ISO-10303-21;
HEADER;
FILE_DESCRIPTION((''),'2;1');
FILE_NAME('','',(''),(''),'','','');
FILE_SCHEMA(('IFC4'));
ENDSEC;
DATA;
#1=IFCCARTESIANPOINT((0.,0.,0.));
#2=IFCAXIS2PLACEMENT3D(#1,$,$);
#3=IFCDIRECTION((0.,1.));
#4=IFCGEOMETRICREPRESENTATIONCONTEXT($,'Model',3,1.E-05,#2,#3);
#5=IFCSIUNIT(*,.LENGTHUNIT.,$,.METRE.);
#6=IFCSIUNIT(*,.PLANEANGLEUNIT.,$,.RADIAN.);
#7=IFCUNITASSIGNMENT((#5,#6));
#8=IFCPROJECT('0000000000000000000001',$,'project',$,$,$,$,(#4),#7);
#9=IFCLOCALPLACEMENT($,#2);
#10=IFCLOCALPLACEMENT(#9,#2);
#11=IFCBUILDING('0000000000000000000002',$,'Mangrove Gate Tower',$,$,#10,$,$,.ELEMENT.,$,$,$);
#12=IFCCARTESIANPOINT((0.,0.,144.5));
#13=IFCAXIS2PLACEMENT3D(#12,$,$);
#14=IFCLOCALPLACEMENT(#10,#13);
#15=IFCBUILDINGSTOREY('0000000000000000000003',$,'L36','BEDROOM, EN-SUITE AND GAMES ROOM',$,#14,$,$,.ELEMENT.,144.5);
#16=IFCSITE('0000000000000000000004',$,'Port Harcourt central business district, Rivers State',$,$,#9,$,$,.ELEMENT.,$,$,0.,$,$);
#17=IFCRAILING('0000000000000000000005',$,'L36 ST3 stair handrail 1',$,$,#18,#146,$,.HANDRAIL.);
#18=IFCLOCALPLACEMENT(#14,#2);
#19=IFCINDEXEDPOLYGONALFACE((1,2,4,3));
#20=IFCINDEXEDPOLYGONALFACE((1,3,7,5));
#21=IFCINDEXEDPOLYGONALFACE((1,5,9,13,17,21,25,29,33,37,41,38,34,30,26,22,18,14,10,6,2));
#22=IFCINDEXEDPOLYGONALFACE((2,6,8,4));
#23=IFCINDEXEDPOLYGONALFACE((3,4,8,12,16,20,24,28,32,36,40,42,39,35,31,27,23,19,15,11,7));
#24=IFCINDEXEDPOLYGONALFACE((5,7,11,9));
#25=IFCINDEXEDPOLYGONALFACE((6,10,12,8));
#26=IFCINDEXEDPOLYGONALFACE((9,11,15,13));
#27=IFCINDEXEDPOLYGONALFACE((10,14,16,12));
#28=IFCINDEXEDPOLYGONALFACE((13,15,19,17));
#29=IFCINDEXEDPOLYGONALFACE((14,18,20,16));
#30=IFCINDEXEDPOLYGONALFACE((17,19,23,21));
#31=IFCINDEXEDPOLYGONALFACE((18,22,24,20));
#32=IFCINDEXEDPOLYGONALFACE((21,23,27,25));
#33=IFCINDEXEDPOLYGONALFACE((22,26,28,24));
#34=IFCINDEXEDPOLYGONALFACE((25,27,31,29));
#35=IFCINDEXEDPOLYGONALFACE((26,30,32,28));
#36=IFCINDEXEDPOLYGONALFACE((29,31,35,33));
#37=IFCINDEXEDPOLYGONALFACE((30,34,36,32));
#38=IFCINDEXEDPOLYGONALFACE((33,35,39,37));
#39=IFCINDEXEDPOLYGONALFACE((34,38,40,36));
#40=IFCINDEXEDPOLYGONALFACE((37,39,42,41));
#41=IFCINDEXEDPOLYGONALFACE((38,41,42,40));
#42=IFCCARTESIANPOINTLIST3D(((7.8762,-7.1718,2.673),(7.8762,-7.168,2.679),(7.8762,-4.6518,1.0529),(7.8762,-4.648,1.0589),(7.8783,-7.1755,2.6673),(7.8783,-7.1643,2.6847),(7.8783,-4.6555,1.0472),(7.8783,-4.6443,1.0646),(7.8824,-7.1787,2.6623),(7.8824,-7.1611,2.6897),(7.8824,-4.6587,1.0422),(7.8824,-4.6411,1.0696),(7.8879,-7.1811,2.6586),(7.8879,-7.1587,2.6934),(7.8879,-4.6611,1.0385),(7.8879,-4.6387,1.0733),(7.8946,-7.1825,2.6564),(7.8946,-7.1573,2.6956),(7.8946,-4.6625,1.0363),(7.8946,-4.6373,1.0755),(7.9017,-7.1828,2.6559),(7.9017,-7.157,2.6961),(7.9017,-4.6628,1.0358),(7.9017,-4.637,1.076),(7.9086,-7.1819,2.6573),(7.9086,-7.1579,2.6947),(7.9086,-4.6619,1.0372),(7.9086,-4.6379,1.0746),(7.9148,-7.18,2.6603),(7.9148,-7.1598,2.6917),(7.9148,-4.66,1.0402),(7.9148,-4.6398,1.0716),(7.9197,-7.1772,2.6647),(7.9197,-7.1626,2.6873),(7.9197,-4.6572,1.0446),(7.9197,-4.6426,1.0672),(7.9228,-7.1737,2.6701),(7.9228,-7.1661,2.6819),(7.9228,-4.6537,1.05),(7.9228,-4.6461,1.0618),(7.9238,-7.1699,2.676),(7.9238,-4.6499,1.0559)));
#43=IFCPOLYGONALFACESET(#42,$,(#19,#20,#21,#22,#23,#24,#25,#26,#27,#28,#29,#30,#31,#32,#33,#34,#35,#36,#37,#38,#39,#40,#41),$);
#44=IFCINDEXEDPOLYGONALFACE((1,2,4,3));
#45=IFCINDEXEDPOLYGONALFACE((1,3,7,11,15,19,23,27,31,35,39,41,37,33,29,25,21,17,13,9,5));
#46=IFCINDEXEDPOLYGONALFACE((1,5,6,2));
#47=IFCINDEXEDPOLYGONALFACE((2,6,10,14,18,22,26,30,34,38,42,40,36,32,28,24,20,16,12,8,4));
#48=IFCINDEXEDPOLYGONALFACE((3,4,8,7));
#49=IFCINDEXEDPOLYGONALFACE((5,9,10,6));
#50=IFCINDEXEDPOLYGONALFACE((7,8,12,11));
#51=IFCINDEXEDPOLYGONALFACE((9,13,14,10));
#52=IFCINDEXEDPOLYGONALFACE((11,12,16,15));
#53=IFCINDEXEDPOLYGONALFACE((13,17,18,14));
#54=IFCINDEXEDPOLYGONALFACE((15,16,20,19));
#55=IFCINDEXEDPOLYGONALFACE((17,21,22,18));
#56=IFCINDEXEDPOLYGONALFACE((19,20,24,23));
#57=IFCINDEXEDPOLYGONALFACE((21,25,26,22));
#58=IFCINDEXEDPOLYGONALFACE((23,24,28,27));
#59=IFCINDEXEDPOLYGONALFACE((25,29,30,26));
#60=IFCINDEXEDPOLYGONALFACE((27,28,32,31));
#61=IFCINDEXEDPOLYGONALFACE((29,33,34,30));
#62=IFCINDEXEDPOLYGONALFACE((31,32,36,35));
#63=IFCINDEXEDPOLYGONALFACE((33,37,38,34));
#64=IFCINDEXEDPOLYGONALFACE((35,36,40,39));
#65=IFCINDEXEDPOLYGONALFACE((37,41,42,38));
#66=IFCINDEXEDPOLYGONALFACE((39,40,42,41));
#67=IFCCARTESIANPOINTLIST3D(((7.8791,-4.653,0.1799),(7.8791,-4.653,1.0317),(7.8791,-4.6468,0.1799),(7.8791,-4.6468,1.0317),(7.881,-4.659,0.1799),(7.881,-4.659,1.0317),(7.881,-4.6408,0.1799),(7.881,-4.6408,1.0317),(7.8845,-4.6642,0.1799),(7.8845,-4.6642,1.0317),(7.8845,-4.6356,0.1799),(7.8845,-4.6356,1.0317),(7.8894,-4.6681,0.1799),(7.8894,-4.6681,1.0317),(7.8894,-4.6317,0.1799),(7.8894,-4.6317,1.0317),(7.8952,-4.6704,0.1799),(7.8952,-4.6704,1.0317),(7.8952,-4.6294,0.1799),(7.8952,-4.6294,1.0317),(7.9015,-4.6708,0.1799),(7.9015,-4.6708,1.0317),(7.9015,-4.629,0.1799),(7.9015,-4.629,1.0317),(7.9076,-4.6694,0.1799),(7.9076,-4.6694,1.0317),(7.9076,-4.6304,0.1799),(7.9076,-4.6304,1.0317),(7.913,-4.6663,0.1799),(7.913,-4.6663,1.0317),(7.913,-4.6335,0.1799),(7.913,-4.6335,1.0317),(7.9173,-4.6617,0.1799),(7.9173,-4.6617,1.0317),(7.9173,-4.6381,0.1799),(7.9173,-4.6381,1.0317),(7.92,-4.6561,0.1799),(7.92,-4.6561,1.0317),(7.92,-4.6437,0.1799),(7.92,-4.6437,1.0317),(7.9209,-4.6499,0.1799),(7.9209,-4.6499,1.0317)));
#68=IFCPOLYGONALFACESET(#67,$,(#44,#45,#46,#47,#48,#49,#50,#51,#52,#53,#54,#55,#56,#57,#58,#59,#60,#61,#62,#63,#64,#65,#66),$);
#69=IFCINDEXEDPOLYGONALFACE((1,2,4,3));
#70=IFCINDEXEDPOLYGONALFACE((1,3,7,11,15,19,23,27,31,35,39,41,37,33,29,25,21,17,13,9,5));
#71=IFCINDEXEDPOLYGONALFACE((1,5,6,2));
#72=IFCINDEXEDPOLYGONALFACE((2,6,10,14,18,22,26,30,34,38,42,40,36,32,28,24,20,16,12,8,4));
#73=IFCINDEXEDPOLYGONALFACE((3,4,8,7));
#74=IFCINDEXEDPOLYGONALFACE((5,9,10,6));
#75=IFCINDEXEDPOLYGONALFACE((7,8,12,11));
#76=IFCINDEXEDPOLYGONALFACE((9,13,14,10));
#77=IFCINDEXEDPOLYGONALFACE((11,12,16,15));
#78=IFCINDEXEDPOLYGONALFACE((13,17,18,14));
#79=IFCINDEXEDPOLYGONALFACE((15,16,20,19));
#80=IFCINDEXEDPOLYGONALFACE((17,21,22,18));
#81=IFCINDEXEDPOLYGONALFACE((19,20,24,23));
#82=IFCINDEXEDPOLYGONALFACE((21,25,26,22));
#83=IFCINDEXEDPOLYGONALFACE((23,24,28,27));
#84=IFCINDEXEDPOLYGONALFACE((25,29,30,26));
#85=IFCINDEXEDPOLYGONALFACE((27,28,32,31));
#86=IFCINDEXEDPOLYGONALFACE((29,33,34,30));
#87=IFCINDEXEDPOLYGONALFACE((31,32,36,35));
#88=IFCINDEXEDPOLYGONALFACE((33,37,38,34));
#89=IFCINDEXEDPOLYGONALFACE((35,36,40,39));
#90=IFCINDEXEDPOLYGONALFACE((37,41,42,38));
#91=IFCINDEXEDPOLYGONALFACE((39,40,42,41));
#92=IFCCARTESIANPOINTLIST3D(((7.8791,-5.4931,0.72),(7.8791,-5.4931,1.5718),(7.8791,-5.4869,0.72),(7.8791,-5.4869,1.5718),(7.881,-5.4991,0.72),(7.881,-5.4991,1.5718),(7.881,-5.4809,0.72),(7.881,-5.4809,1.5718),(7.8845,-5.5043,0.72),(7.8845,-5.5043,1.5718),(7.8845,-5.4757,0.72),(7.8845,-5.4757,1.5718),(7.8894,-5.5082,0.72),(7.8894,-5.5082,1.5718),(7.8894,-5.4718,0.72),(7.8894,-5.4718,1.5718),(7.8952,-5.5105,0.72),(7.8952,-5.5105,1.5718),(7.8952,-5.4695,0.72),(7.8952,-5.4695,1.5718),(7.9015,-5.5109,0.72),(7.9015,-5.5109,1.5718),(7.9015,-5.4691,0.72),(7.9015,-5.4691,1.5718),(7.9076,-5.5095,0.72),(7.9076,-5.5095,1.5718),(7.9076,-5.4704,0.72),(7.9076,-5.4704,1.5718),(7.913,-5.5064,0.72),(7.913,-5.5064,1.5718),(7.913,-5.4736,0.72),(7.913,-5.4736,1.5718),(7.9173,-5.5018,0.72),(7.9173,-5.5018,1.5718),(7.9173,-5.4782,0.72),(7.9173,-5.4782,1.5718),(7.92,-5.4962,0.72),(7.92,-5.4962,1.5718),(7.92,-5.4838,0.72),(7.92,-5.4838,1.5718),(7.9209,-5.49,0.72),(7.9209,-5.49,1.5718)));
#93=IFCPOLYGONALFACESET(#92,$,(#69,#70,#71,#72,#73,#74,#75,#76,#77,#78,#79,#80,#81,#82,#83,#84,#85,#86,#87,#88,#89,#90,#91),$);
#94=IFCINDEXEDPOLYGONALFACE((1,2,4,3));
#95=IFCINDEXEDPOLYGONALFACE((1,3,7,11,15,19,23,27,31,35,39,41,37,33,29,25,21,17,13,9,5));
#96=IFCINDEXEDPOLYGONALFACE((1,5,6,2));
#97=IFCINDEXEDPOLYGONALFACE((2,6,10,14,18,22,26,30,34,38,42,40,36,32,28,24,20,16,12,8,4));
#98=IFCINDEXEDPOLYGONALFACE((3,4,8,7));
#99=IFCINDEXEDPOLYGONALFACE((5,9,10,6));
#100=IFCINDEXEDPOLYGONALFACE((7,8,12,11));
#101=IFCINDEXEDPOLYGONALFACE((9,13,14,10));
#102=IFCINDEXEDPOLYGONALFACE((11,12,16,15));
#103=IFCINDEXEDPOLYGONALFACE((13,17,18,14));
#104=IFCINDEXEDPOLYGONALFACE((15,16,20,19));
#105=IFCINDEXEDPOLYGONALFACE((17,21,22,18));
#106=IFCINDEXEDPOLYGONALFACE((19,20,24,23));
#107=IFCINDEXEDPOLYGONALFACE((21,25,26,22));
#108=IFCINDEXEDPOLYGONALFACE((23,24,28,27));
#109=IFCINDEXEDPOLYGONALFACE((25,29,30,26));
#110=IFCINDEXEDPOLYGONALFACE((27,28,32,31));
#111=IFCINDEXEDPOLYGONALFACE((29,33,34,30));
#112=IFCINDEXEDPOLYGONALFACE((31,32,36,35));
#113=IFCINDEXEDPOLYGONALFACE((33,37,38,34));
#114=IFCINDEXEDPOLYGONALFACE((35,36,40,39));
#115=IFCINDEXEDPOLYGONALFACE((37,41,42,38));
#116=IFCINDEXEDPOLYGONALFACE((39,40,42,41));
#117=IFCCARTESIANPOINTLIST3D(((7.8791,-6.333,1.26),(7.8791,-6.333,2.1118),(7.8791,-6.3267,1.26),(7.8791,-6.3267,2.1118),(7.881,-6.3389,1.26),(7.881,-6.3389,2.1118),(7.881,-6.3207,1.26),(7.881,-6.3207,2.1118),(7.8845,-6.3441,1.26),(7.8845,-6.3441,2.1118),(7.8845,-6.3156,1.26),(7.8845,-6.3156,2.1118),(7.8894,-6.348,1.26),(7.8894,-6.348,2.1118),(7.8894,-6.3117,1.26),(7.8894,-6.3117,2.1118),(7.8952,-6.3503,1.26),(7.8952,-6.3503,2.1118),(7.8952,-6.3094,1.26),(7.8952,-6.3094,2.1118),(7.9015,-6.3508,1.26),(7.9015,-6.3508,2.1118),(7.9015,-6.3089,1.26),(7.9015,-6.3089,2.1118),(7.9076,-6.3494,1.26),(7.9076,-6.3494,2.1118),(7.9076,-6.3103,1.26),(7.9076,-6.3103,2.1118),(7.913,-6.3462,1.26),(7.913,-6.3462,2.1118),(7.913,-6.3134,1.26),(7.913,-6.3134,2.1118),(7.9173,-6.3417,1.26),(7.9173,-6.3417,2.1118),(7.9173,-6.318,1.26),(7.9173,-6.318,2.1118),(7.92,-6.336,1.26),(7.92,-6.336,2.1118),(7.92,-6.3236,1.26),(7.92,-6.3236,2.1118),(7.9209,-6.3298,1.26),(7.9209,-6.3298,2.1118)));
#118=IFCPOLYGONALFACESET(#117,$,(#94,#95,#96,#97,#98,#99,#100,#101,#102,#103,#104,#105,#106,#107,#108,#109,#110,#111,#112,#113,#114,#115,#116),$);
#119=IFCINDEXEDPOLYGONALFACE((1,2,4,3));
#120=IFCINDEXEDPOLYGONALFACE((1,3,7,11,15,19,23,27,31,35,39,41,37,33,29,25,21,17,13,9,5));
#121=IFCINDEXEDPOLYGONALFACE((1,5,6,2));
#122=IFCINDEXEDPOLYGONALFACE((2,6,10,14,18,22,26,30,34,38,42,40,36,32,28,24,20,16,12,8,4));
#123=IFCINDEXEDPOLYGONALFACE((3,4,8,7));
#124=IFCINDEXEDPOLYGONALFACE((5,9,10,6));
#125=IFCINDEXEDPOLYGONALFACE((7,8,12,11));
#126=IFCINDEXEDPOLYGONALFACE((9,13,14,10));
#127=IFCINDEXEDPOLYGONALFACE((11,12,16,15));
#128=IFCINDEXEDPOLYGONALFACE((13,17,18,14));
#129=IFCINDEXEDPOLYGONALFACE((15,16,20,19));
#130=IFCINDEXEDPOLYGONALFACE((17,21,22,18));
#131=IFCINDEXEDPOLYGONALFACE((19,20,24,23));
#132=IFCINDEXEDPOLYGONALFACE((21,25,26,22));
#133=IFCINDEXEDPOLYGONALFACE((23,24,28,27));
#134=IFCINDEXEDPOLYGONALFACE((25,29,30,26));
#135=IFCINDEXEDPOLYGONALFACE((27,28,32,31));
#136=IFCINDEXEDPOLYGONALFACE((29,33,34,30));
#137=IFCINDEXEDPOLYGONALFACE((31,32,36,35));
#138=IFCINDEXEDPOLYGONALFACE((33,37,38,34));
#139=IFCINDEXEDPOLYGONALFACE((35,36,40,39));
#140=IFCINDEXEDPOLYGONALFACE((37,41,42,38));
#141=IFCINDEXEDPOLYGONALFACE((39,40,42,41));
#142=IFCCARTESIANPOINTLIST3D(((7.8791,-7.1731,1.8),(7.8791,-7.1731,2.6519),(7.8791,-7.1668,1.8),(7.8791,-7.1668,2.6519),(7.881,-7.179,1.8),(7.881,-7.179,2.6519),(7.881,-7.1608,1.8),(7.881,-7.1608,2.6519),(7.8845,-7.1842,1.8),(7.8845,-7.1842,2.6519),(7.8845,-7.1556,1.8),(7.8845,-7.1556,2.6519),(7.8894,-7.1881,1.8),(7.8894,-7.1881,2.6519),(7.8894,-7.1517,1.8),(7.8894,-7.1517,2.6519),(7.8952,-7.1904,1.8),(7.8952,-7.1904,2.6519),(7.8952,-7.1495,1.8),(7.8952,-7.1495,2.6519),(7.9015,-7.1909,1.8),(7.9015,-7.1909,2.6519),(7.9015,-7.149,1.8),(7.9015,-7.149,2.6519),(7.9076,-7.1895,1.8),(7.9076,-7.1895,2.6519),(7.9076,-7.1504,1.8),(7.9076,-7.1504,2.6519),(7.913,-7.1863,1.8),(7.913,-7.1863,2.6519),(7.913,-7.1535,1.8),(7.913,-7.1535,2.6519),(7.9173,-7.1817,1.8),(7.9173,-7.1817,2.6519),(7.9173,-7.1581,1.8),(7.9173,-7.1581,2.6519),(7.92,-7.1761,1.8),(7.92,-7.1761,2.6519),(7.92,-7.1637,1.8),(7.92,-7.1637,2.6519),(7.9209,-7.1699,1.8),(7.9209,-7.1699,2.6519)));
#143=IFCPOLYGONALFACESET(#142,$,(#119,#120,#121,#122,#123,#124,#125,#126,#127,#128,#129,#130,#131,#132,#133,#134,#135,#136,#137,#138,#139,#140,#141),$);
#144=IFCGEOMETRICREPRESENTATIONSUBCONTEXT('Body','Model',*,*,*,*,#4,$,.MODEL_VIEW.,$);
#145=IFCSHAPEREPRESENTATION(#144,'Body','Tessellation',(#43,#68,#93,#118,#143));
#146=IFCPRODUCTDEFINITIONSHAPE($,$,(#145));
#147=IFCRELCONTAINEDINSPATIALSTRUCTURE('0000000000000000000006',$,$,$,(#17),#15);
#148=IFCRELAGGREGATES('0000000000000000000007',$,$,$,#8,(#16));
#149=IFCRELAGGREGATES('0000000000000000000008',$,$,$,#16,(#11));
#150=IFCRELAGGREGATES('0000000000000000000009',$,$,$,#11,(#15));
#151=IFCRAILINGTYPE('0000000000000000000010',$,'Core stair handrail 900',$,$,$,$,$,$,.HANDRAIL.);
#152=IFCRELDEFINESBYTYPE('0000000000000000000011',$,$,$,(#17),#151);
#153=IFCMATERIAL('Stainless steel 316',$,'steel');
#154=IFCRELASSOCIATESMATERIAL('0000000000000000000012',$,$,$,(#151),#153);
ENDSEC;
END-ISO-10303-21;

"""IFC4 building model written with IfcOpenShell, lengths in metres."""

from ifc_helpers import new_model, si_unit, direction, frame, origin, origin_2d, place, context, subcontext, project, spatial, circle, extrude, material, type_object, element, save


model = new_model("IFC4")

# Units and contexts
model_context = context("Model", 3, precision=1e-05, world=origin(), true_north=direction((0.0, 1.0)))
body_context = subcontext(model_context, "Body", "Model", "MODEL_VIEW")
ifc_project = project(units=[si_unit("LENGTHUNIT", "METRE"), si_unit("PLANEANGLEUNIT", "RADIAN")], contexts=[model_context])

# Site, building, storey
site_placement = place(None, origin())
site = spatial("IfcSite", under=ifc_project, at=site_placement, Name="Port Harcourt central business district, Rivers State", CompositionType="ELEMENT", RefElevation=0.0)
building_placement = place(site_placement, origin())
building = spatial("IfcBuilding", under=site, at=building_placement, Name="Mangrove Gate Tower", CompositionType="ELEMENT")
storey_placement = place(building_placement, frame((0.0, 0.0, 144.5)))
storey = spatial("IfcBuildingStorey", under=building, at=storey_placement, Name="L36", Description="BEDROOM, EN-SUITE AND GAMES ROOM", CompositionType="ELEMENT", Elevation=144.5)

# Railing
ifc_material_1 = material(Name="Stainless steel 316", Category="steel")
railing_type_1 = type_object("IfcRailingType", Name="Core stair handrail 900", PredefinedType="HANDRAIL", material=ifc_material_1)
railing_1_placement = place(storey_placement, frame((7.8999, -4.6499, 0.1799)))
element("IfcRailing", 1, at=railing_1_placement, inside=storey, type_object=railing_type_1, Name="L36 ST3 stair handrail 1", PredefinedType="HANDRAIL", context=body_context, shape_type="SweptSolid", body=[
    extrude(circle(Radius=0.0239, at=origin_2d()), frame((0.0, 0.0, 0.876), z_axis=(0.0, -0.841163, 0.540782), x_axis=(1.0, 0.0, 0.0)), (0.0, 0.0, 1.0), 2.9958),
    extrude(circle(Radius=0.021, at=origin_2d()), origin(), (0.0, 0.0, 1.0), 0.8518),
    extrude(circle(Radius=0.021, at=origin_2d()), frame((0.0, -0.8401, 0.54)), (0.0, 0.0, 1.0), 0.8518),
    extrude(circle(Radius=0.021, at=origin_2d()), frame((0.0, -1.6799, 1.0801)), (0.0, 0.0, 1.0), 0.8518),
    extrude(circle(Radius=0.021, at=origin_2d()), frame((0.0, -2.52, 1.6201)), (0.0, 0.0, 1.0), 0.8518),
])

save(model, "model.ifc")
